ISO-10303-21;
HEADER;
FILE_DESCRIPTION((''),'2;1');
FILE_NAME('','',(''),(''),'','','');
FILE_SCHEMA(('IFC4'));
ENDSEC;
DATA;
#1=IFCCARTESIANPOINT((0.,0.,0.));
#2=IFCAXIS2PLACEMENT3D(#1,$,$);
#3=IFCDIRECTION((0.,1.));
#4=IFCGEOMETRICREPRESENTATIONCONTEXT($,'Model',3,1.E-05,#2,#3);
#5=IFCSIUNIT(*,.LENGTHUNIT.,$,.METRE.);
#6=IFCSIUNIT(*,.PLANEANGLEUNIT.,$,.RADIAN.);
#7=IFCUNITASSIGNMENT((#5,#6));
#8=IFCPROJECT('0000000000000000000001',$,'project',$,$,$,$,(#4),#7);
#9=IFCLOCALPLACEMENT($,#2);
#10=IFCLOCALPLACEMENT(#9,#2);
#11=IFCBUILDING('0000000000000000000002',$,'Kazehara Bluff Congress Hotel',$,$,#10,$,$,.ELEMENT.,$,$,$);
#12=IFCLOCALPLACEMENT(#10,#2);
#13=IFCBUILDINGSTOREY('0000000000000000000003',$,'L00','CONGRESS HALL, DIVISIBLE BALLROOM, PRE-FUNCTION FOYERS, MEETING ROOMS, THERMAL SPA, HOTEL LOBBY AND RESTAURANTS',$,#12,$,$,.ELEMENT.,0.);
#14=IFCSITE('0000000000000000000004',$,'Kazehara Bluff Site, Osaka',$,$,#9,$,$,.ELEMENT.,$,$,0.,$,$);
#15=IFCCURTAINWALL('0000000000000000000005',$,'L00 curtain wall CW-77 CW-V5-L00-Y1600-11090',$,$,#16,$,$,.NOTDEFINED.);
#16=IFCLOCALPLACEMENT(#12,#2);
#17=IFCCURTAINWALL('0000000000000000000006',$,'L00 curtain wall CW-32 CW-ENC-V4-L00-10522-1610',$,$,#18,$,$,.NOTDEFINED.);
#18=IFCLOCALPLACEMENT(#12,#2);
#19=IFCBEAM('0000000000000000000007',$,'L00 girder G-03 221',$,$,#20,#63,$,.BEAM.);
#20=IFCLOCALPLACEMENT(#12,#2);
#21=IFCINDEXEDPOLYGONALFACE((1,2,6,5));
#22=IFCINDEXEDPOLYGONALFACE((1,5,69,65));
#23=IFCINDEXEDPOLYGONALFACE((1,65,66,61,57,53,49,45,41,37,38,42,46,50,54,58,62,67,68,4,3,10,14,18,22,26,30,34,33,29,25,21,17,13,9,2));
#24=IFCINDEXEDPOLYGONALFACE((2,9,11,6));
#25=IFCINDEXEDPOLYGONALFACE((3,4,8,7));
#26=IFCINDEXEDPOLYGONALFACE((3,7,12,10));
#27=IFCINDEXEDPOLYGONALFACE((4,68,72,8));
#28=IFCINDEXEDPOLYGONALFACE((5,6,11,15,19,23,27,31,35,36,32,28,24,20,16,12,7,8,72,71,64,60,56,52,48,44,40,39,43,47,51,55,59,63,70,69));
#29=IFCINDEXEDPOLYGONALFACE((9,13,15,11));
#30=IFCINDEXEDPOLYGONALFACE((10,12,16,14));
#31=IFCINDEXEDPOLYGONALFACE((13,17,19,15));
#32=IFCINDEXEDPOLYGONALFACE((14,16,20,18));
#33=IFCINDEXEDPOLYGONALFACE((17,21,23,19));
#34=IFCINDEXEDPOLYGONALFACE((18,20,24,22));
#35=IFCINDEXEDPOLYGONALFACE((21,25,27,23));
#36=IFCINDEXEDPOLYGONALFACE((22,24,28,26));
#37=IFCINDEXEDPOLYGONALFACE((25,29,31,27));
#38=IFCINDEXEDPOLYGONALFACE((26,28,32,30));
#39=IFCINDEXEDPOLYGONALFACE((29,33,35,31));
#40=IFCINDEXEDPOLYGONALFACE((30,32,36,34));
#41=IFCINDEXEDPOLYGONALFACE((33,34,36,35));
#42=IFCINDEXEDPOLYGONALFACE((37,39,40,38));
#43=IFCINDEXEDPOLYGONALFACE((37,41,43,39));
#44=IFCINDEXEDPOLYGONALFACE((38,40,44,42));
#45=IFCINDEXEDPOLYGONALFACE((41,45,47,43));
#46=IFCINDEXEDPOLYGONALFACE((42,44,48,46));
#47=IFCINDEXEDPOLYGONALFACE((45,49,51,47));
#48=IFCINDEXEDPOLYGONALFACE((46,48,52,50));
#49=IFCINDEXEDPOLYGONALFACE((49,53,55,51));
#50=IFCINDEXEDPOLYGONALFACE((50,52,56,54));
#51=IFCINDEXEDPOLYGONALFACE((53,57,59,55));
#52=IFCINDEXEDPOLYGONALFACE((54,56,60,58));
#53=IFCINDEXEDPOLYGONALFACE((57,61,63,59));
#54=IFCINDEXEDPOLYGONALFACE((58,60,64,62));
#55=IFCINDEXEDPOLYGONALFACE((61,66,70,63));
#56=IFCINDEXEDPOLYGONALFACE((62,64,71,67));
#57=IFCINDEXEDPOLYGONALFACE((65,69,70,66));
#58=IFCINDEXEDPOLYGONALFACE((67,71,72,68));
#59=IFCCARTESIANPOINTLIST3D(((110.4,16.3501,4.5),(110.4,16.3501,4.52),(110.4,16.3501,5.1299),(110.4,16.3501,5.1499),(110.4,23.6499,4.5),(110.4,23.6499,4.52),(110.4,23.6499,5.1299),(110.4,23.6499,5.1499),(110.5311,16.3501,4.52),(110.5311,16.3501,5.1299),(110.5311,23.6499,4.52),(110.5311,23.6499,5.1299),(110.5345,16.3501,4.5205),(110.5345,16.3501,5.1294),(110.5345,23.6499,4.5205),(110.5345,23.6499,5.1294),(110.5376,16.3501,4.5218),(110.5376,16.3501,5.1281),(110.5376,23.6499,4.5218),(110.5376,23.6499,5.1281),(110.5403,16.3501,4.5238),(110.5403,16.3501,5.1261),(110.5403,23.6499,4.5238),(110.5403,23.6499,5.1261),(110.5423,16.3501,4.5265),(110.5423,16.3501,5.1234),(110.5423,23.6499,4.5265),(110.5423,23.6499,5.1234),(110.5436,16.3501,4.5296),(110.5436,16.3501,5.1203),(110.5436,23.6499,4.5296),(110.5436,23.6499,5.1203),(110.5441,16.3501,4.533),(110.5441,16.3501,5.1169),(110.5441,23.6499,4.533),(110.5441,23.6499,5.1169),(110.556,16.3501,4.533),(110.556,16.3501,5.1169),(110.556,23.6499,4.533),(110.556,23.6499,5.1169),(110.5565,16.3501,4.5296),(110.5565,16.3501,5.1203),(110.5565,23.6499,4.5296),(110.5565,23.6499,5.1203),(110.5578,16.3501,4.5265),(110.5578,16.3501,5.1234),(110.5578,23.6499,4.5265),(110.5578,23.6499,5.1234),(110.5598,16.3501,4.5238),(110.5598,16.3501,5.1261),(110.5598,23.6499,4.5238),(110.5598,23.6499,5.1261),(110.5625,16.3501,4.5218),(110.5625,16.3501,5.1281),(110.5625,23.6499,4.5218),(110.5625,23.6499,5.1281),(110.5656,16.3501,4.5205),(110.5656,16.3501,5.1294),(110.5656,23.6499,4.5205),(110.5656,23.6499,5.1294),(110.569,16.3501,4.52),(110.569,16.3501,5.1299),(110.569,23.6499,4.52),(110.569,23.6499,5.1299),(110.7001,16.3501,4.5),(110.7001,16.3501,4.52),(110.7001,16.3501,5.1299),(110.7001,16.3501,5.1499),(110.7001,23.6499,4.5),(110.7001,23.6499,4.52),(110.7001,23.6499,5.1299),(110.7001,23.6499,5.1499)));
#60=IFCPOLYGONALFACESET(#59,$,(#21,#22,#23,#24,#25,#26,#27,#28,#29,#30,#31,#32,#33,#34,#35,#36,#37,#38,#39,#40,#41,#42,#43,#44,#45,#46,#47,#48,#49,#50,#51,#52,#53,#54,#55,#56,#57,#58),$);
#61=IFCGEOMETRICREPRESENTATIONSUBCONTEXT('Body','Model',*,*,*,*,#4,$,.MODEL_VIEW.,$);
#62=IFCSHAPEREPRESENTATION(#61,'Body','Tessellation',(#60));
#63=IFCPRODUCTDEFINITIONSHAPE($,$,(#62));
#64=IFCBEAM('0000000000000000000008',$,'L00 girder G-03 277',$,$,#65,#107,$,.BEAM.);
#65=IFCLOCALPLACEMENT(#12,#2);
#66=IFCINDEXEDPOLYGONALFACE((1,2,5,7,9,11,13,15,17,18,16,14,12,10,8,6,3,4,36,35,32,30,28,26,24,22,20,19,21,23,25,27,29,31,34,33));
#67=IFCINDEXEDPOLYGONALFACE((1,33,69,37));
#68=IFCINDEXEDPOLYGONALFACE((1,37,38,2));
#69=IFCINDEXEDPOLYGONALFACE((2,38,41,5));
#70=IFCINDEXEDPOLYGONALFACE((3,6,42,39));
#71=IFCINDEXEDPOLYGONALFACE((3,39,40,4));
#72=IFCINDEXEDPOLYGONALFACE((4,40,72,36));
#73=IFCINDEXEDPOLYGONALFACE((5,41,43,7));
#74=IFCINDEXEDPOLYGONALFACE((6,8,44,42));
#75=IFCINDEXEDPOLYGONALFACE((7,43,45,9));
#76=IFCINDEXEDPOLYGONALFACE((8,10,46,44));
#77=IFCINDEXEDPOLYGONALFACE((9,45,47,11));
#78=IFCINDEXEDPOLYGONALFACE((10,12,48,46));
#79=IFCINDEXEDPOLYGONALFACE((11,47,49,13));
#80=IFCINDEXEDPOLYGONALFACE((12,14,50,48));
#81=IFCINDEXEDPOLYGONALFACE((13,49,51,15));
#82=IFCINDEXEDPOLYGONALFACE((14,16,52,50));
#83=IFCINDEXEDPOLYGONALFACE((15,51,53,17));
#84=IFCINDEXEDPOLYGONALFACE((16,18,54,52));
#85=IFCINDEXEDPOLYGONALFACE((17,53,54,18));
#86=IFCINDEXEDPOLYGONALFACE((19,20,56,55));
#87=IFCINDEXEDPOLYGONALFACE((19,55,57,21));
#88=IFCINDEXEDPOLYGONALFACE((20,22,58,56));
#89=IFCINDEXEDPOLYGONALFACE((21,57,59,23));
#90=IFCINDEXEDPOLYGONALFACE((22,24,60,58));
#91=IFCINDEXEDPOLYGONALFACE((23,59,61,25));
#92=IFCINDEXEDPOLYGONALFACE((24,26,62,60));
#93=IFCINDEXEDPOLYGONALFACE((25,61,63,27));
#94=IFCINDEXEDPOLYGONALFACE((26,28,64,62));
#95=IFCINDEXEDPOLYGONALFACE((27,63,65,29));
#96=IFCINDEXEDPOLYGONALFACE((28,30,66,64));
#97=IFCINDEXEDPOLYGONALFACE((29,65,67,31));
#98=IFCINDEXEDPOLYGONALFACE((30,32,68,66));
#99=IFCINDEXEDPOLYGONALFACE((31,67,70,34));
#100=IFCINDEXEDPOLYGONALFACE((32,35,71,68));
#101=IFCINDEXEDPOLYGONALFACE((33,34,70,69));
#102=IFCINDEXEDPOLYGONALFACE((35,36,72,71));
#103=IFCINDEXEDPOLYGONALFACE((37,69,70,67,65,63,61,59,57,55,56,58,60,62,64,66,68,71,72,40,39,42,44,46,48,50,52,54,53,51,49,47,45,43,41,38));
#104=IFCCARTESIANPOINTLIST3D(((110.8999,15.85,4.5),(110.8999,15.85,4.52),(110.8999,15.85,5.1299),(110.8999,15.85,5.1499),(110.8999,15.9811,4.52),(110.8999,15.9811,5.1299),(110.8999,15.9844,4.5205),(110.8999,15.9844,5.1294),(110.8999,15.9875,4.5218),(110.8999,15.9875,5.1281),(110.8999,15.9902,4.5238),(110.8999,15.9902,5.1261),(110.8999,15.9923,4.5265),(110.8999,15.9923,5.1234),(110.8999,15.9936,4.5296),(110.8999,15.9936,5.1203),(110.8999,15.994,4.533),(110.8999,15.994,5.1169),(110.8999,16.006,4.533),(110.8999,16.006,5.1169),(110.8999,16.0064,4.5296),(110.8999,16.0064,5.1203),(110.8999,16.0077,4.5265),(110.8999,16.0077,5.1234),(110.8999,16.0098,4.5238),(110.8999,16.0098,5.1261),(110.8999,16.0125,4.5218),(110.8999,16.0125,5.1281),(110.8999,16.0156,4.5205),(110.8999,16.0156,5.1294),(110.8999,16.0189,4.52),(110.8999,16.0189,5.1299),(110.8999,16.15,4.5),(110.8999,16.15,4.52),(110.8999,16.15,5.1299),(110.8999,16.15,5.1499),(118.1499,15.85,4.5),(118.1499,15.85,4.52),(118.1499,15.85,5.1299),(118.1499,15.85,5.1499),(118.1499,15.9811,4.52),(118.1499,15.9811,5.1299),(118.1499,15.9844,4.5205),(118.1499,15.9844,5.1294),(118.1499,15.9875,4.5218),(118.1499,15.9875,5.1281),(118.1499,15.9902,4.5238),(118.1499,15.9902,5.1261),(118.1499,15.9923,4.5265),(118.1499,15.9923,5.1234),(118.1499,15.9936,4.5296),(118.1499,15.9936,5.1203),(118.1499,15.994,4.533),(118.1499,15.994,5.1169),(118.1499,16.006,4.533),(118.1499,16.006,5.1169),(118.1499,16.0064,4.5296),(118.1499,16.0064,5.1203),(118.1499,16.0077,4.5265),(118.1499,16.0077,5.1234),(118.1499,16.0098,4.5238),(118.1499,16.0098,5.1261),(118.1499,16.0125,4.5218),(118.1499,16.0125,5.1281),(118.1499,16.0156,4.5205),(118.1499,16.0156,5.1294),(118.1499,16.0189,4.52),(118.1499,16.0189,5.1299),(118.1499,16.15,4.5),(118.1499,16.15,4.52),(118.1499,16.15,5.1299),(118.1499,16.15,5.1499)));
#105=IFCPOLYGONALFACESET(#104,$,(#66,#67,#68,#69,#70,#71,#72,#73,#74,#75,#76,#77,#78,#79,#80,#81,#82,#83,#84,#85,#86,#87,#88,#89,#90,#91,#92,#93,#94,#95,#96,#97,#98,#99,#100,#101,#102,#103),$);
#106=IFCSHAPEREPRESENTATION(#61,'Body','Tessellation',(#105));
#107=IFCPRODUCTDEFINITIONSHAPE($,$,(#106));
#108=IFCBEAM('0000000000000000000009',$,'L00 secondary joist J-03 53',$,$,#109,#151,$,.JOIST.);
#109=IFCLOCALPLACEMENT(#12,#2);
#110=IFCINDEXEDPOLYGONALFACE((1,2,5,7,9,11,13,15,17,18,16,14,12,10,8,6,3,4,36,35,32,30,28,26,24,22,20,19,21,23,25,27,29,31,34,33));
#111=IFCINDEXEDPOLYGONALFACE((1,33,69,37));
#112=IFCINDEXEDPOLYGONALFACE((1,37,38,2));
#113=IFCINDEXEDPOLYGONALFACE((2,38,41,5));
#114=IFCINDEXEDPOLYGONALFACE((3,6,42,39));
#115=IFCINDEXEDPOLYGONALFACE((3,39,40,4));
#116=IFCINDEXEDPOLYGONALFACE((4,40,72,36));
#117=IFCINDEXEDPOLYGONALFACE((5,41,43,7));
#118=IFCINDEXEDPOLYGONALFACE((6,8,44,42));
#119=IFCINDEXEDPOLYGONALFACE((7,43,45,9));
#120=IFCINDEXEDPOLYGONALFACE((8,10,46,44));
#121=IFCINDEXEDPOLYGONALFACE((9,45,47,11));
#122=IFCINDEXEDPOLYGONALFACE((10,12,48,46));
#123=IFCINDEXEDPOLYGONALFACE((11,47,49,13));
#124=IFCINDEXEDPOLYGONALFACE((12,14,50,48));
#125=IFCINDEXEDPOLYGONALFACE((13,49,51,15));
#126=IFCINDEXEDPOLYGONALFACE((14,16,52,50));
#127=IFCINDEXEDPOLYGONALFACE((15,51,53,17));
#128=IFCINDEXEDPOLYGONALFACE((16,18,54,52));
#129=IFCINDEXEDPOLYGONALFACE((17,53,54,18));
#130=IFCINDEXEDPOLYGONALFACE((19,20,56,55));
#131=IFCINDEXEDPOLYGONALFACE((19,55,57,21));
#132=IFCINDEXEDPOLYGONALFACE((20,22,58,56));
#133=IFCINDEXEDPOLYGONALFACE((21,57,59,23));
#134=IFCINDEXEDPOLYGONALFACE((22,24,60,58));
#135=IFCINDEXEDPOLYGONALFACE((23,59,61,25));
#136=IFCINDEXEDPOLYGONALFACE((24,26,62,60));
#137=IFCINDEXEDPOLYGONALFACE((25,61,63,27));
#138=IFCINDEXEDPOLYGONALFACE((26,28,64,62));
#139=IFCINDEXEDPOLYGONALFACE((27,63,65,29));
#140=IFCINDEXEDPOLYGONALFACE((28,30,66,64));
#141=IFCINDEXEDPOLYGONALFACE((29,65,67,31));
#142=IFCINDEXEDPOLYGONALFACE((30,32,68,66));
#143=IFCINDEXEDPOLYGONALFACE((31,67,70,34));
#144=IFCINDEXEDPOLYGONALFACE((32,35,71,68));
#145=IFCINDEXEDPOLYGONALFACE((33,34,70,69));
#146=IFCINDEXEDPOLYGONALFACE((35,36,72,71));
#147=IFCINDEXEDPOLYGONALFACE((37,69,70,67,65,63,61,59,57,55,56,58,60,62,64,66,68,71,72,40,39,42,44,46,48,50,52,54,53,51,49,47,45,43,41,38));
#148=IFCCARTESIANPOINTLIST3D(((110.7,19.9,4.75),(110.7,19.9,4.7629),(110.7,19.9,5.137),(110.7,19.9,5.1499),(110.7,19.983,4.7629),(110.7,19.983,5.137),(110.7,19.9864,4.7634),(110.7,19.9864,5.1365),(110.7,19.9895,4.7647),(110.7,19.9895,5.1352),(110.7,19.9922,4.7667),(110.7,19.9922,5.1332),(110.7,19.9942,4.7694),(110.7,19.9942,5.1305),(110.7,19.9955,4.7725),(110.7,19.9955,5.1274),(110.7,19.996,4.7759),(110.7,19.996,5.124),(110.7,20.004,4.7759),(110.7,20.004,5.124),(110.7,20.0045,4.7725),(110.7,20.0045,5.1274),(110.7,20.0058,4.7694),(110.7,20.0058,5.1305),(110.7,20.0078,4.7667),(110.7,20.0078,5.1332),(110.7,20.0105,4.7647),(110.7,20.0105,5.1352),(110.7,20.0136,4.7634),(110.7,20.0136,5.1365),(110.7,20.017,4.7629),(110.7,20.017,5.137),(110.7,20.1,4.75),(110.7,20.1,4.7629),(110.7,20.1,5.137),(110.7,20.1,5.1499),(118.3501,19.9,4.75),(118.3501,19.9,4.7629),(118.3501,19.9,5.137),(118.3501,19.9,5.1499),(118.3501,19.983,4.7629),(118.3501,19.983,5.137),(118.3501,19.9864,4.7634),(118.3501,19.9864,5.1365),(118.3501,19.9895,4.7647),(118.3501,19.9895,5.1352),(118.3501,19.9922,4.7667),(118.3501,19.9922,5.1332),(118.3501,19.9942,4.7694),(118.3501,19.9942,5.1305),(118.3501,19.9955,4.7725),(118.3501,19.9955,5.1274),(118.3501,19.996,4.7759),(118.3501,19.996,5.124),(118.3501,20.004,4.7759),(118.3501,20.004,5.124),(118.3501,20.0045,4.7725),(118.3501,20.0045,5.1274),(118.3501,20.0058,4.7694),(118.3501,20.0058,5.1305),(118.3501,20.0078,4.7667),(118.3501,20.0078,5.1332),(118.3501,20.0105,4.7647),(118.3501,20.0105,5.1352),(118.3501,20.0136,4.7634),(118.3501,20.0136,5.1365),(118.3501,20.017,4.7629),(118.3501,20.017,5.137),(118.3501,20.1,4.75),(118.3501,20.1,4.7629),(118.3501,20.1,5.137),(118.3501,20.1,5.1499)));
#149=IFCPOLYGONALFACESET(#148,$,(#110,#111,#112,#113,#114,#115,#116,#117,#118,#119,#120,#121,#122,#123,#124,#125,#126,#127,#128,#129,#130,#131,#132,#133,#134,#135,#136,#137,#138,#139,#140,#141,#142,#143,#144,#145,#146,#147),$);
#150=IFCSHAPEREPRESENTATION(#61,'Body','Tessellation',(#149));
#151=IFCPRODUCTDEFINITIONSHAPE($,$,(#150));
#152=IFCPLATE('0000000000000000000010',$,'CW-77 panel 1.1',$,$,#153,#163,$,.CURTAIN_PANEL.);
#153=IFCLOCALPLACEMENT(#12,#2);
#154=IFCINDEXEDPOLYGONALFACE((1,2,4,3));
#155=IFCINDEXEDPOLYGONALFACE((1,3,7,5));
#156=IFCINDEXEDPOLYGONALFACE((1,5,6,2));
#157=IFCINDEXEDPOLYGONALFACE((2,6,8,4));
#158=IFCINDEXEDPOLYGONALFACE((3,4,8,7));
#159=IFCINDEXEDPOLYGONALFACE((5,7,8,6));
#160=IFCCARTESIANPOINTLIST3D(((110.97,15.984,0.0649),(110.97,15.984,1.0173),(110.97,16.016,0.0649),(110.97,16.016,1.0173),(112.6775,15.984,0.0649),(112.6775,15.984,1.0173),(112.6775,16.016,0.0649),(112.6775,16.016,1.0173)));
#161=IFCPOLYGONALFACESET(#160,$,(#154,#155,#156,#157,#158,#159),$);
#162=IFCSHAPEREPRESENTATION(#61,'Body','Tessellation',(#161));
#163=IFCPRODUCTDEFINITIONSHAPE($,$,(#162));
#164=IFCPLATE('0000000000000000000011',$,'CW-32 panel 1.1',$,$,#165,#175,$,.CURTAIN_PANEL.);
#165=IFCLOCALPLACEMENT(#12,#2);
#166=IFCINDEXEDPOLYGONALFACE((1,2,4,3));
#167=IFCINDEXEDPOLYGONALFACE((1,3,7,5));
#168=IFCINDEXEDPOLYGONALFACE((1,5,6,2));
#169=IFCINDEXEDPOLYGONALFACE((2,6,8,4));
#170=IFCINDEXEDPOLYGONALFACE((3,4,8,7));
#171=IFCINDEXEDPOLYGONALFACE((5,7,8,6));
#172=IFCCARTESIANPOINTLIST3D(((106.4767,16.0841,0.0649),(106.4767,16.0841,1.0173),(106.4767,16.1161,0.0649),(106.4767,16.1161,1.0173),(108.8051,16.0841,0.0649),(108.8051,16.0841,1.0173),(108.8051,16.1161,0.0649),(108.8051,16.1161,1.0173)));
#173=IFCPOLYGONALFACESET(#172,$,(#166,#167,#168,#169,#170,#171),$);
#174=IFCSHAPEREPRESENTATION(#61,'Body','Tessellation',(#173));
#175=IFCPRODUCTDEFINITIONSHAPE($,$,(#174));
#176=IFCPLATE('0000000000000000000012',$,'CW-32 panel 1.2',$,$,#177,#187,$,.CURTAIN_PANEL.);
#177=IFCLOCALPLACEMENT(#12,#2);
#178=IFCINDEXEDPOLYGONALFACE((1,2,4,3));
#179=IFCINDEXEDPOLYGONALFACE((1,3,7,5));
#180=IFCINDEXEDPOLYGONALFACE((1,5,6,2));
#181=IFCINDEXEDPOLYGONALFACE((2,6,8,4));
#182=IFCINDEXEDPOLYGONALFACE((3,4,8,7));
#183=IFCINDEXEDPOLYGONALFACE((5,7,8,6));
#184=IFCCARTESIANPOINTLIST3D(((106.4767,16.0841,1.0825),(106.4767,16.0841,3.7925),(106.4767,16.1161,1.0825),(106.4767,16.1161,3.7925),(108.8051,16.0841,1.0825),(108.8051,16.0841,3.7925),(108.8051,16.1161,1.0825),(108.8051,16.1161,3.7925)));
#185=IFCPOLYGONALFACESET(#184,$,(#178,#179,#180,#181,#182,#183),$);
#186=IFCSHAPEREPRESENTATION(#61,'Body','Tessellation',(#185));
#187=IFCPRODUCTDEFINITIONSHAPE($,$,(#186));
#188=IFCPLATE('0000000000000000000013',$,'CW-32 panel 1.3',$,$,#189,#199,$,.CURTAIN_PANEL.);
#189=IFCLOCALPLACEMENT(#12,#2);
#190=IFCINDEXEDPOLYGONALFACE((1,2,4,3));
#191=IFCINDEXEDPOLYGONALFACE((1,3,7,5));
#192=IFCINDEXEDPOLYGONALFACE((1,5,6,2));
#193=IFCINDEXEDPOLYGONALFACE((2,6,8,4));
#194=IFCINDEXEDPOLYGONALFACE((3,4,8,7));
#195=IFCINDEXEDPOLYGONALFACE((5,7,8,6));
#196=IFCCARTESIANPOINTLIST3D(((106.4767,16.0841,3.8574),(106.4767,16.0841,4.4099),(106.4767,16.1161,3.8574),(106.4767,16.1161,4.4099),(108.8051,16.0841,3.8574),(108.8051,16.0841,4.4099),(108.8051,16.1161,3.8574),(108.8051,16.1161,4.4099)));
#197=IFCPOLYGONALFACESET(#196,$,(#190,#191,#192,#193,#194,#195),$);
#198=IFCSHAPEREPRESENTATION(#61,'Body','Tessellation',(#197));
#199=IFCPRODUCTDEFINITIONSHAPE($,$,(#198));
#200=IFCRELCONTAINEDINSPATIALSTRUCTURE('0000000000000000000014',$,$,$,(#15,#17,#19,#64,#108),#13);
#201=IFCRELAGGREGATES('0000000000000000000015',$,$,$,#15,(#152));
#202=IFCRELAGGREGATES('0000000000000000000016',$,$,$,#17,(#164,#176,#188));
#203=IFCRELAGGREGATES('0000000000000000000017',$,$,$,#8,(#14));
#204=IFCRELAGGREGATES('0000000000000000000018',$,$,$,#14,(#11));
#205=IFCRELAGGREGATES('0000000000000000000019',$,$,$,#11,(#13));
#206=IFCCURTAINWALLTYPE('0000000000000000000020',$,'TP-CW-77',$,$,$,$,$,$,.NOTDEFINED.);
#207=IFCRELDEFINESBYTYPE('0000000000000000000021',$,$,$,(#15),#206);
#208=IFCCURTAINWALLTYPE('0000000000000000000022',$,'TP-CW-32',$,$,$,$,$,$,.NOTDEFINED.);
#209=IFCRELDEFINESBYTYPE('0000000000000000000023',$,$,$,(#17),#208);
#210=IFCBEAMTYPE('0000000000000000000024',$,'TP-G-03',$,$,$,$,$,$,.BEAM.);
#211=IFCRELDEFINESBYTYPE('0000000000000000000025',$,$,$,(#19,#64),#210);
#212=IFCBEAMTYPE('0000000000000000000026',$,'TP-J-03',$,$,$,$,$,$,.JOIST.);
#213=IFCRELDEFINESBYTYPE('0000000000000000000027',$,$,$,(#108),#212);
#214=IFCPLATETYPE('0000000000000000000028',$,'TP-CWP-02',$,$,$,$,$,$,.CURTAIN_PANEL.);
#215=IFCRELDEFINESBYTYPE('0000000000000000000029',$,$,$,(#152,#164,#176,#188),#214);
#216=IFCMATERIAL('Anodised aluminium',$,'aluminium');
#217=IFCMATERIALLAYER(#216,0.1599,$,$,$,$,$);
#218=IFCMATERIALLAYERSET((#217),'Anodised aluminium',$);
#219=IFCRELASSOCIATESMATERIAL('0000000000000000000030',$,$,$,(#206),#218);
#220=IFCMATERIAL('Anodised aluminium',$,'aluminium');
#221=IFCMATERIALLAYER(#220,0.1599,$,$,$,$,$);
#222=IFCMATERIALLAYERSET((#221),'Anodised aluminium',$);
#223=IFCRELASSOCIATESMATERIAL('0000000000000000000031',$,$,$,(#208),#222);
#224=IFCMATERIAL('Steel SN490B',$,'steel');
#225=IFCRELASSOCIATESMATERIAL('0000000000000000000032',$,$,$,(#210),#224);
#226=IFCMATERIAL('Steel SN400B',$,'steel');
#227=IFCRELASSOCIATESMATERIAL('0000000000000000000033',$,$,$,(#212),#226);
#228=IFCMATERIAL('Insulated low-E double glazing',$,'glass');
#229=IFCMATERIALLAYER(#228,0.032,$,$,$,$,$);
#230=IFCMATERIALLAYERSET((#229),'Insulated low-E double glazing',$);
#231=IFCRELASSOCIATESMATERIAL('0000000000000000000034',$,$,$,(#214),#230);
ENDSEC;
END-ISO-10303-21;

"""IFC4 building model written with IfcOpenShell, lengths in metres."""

from ifc_helpers import new_model, si_unit, direction, frame, origin, origin_2d, place, context, subcontext, project, spatial, rectangle, i_section, extrude, material, layer, layer_set, material_profile, profile_set, type_object, element, aggregate, save


model = new_model("IFC4")

# Units and contexts
model_context = context("Model", 3, precision=1e-05, world=origin(), true_north=direction((0.0, 1.0)))
body_context = subcontext(model_context, "Body", "Model", "MODEL_VIEW")
ifc_project = project(units=[si_unit("LENGTHUNIT", "METRE"), si_unit("PLANEANGLEUNIT", "RADIAN")], contexts=[model_context])

# Site, building, storey
site_placement = place(None, origin())
site = spatial("IfcSite", under=ifc_project, at=site_placement, Name="Kazehara Bluff Site, Osaka", CompositionType="ELEMENT", RefElevation=0.0)
building_placement = place(site_placement, origin())
building = spatial("IfcBuilding", under=site, at=building_placement, Name="Kazehara Bluff Congress Hotel", CompositionType="ELEMENT")
storey_placement = place(building_placement, origin())
storey = spatial("IfcBuildingStorey", under=building, at=storey_placement, Name="L00", Description="CONGRESS HALL, DIVISIBLE BALLROOM, PRE-FUNCTION FOYERS, MEETING ROOMS, THERMAL SPA, HOTEL LOBBY AND RESTAURANTS", CompositionType="ELEMENT", Elevation=0.0)

# Curtain wall
ifc_material_1 = material(Name="Anodised aluminium", Category="aluminium")
ifc_layer_1 = layer(ifc_material_1, 0.1599)
ifc_layer_set_1 = layer_set([ifc_layer_1], Name="Anodised aluminium")
curtain_wall_type_1 = type_object("IfcCurtainWallType", Name="TP-CW-77", PredefinedType="NOTDEFINED", material=ifc_layer_set_1)
curtain_wall_1_placement = place(storey_placement, origin())
curtain_wall_1 = element("IfcCurtainWall", 1, at=curtain_wall_1_placement, inside=storey, type_object=curtain_wall_type_1, Name="L00 curtain wall CW-77 CW-V5-L00-Y1600-11090", PredefinedType="NOTDEFINED")

# Curtain wall
ifc_material_2 = material(Name="Anodised aluminium", Category="aluminium")
ifc_layer_2 = layer(ifc_material_2, 0.1599)
ifc_layer_set_2 = layer_set([ifc_layer_2], Name="Anodised aluminium")
curtain_wall_type_2 = type_object("IfcCurtainWallType", Name="TP-CW-32", PredefinedType="NOTDEFINED", material=ifc_layer_set_2)
curtain_wall_2_placement = place(storey_placement, origin())
curtain_wall_2 = element("IfcCurtainWall", 2, at=curtain_wall_2_placement, inside=storey, type_object=curtain_wall_type_2, Name="L00 curtain wall CW-32 CW-ENC-V4-L00-10522-1610", PredefinedType="NOTDEFINED")

# Beams
ifc_material_3 = material(Name="Steel SN490B", Category="steel")
ifc_material_profile_1 = material_profile(ifc_material_3, i_section(OverallWidth=0.3, OverallDepth=0.6499, WebThickness=0.012, FlangeThickness=0.02, FilletRadius=0.0129, at=origin_2d()))
ifc_profile_set_1 = profile_set([ifc_material_profile_1], Name="Steel SN490B")
beam_type_1 = type_object("IfcBeamType", Name="TP-G-03", PredefinedType="BEAM", material=ifc_profile_set_1)
beam_1_placement = place(storey_placement, frame((110.55, 16.3501, 4.825), z_axis=(0.0, 1.0, 0.0), x_axis=(-1.0, 0.0, 0.0)))
element("IfcBeam", 3, at=beam_1_placement, inside=storey, type_object=beam_type_1, Name="L00 girder G-03 221", PredefinedType="BEAM", context=body_context, shape_type="SweptSolid", body=[
    extrude(i_section(OverallWidth=0.3, OverallDepth=0.6499, WebThickness=0.012, FlangeThickness=0.02, FilletRadius=0.0129, at=origin_2d()), origin(), (0.0, 0.0, 1.0), 7.2998),
])
beam_2_placement = place(storey_placement, frame((110.8999, 16.0, 4.825), z_axis=(1.0, 0.0, 0.0), x_axis=(0.0, 1.0, 0.0)))
element("IfcBeam", 4, at=beam_2_placement, inside=storey, type_object=beam_type_1, Name="L00 girder G-03 277", PredefinedType="BEAM", context=body_context, shape_type="SweptSolid", body=[
    extrude(i_section(OverallWidth=0.3, OverallDepth=0.6499, WebThickness=0.012, FlangeThickness=0.02, FilletRadius=0.0129, at=origin_2d()), origin(), (0.0, 0.0, 1.0), 7.25),
])
ifc_material_4 = material(Name="Steel SN400B", Category="steel")
ifc_material_profile_2 = material_profile(ifc_material_4, i_section(OverallWidth=0.2, OverallDepth=0.3999, WebThickness=0.0081, FlangeThickness=0.0129, FilletRadius=0.0129, at=origin_2d()))
ifc_profile_set_2 = profile_set([ifc_material_profile_2], Name="Steel SN400B")
beam_type_2 = type_object("IfcBeamType", Name="TP-J-03", PredefinedType="JOIST", material=ifc_profile_set_2)
beam_3_placement = place(storey_placement, frame((110.7, 20.0, 4.95), z_axis=(1.0, 0.0, 0.0), x_axis=(0.0, 1.0, 0.0)))
element("IfcBeam", 5, at=beam_3_placement, inside=storey, type_object=beam_type_2, Name="L00 secondary joist J-03 53", PredefinedType="JOIST", context=body_context, shape_type="SweptSolid", body=[
    extrude(i_section(OverallWidth=0.2, OverallDepth=0.3999, WebThickness=0.0081, FlangeThickness=0.0129, FilletRadius=0.0129, at=origin_2d()), origin(), (0.0, 0.0, 1.0), 7.6501),
])

# Plates
ifc_material_5 = material(Name="Insulated low-E double glazing", Category="glass")
ifc_layer_3 = layer(ifc_material_5, 0.032)
ifc_layer_set_3 = layer_set([ifc_layer_3], Name="Insulated low-E double glazing")
plate_type = type_object("IfcPlateType", Name="TP-CWP-02", PredefinedType="CURTAIN_PANEL", material=ifc_layer_set_3)
plate_1_placement = place(storey_placement, frame((111.8237, 16.0, 0.0649), z_axis=(0.0, 0.0, 1.0), x_axis=(1.0, 0.0, 0.0)))
plate_1 = element("IfcPlate", 6, at=plate_1_placement, type_object=plate_type, Name="CW-77 panel 1.1", PredefinedType="CURTAIN_PANEL", context=body_context, shape_type="SweptSolid", body=[
    extrude(rectangle(XDim=1.7075, YDim=0.032, at=origin_2d()), origin(), (0.0, 0.0, 1.0), 0.9524),
])
aggregate(curtain_wall_1, [plate_1])
plate_2_placement = place(storey_placement, frame((107.6409, 16.1001, 0.0649), z_axis=(0.0, 0.0, 1.0), x_axis=(-1.0, 0.0, 0.0)))
plate_2 = element("IfcPlate", 7, at=plate_2_placement, type_object=plate_type, Name="CW-32 panel 1.1", PredefinedType="CURTAIN_PANEL", context=body_context, shape_type="SweptSolid", body=[
    extrude(rectangle(XDim=2.3284, YDim=0.032, at=origin_2d()), origin(), (0.0, 0.0, 1.0), 0.9524),
])
plate_3_placement = place(storey_placement, frame((107.6409, 16.1001, 1.0825), z_axis=(0.0, 0.0, 1.0), x_axis=(-1.0, 0.0, 0.0)))
plate_3 = element("IfcPlate", 8, at=plate_3_placement, type_object=plate_type, Name="CW-32 panel 1.2", PredefinedType="CURTAIN_PANEL", context=body_context, shape_type="SweptSolid", body=[
    extrude(rectangle(XDim=2.3284, YDim=0.032, at=origin_2d()), origin(), (0.0, 0.0, 1.0), 2.71),
])
plate_4_placement = place(storey_placement, frame((107.6409, 16.1001, 3.8574), z_axis=(0.0, 0.0, 1.0), x_axis=(-1.0, 0.0, 0.0)))
plate_4 = element("IfcPlate", 9, at=plate_4_placement, type_object=plate_type, Name="CW-32 panel 1.3", PredefinedType="CURTAIN_PANEL", context=body_context, shape_type="SweptSolid", body=[
    extrude(rectangle(XDim=2.3284, YDim=0.032, at=origin_2d()), origin(), (0.0, 0.0, 1.0), 0.5525),
])
aggregate(curtain_wall_2, [plate_2, plate_3, plate_4])

save(model, "model.ifc")
